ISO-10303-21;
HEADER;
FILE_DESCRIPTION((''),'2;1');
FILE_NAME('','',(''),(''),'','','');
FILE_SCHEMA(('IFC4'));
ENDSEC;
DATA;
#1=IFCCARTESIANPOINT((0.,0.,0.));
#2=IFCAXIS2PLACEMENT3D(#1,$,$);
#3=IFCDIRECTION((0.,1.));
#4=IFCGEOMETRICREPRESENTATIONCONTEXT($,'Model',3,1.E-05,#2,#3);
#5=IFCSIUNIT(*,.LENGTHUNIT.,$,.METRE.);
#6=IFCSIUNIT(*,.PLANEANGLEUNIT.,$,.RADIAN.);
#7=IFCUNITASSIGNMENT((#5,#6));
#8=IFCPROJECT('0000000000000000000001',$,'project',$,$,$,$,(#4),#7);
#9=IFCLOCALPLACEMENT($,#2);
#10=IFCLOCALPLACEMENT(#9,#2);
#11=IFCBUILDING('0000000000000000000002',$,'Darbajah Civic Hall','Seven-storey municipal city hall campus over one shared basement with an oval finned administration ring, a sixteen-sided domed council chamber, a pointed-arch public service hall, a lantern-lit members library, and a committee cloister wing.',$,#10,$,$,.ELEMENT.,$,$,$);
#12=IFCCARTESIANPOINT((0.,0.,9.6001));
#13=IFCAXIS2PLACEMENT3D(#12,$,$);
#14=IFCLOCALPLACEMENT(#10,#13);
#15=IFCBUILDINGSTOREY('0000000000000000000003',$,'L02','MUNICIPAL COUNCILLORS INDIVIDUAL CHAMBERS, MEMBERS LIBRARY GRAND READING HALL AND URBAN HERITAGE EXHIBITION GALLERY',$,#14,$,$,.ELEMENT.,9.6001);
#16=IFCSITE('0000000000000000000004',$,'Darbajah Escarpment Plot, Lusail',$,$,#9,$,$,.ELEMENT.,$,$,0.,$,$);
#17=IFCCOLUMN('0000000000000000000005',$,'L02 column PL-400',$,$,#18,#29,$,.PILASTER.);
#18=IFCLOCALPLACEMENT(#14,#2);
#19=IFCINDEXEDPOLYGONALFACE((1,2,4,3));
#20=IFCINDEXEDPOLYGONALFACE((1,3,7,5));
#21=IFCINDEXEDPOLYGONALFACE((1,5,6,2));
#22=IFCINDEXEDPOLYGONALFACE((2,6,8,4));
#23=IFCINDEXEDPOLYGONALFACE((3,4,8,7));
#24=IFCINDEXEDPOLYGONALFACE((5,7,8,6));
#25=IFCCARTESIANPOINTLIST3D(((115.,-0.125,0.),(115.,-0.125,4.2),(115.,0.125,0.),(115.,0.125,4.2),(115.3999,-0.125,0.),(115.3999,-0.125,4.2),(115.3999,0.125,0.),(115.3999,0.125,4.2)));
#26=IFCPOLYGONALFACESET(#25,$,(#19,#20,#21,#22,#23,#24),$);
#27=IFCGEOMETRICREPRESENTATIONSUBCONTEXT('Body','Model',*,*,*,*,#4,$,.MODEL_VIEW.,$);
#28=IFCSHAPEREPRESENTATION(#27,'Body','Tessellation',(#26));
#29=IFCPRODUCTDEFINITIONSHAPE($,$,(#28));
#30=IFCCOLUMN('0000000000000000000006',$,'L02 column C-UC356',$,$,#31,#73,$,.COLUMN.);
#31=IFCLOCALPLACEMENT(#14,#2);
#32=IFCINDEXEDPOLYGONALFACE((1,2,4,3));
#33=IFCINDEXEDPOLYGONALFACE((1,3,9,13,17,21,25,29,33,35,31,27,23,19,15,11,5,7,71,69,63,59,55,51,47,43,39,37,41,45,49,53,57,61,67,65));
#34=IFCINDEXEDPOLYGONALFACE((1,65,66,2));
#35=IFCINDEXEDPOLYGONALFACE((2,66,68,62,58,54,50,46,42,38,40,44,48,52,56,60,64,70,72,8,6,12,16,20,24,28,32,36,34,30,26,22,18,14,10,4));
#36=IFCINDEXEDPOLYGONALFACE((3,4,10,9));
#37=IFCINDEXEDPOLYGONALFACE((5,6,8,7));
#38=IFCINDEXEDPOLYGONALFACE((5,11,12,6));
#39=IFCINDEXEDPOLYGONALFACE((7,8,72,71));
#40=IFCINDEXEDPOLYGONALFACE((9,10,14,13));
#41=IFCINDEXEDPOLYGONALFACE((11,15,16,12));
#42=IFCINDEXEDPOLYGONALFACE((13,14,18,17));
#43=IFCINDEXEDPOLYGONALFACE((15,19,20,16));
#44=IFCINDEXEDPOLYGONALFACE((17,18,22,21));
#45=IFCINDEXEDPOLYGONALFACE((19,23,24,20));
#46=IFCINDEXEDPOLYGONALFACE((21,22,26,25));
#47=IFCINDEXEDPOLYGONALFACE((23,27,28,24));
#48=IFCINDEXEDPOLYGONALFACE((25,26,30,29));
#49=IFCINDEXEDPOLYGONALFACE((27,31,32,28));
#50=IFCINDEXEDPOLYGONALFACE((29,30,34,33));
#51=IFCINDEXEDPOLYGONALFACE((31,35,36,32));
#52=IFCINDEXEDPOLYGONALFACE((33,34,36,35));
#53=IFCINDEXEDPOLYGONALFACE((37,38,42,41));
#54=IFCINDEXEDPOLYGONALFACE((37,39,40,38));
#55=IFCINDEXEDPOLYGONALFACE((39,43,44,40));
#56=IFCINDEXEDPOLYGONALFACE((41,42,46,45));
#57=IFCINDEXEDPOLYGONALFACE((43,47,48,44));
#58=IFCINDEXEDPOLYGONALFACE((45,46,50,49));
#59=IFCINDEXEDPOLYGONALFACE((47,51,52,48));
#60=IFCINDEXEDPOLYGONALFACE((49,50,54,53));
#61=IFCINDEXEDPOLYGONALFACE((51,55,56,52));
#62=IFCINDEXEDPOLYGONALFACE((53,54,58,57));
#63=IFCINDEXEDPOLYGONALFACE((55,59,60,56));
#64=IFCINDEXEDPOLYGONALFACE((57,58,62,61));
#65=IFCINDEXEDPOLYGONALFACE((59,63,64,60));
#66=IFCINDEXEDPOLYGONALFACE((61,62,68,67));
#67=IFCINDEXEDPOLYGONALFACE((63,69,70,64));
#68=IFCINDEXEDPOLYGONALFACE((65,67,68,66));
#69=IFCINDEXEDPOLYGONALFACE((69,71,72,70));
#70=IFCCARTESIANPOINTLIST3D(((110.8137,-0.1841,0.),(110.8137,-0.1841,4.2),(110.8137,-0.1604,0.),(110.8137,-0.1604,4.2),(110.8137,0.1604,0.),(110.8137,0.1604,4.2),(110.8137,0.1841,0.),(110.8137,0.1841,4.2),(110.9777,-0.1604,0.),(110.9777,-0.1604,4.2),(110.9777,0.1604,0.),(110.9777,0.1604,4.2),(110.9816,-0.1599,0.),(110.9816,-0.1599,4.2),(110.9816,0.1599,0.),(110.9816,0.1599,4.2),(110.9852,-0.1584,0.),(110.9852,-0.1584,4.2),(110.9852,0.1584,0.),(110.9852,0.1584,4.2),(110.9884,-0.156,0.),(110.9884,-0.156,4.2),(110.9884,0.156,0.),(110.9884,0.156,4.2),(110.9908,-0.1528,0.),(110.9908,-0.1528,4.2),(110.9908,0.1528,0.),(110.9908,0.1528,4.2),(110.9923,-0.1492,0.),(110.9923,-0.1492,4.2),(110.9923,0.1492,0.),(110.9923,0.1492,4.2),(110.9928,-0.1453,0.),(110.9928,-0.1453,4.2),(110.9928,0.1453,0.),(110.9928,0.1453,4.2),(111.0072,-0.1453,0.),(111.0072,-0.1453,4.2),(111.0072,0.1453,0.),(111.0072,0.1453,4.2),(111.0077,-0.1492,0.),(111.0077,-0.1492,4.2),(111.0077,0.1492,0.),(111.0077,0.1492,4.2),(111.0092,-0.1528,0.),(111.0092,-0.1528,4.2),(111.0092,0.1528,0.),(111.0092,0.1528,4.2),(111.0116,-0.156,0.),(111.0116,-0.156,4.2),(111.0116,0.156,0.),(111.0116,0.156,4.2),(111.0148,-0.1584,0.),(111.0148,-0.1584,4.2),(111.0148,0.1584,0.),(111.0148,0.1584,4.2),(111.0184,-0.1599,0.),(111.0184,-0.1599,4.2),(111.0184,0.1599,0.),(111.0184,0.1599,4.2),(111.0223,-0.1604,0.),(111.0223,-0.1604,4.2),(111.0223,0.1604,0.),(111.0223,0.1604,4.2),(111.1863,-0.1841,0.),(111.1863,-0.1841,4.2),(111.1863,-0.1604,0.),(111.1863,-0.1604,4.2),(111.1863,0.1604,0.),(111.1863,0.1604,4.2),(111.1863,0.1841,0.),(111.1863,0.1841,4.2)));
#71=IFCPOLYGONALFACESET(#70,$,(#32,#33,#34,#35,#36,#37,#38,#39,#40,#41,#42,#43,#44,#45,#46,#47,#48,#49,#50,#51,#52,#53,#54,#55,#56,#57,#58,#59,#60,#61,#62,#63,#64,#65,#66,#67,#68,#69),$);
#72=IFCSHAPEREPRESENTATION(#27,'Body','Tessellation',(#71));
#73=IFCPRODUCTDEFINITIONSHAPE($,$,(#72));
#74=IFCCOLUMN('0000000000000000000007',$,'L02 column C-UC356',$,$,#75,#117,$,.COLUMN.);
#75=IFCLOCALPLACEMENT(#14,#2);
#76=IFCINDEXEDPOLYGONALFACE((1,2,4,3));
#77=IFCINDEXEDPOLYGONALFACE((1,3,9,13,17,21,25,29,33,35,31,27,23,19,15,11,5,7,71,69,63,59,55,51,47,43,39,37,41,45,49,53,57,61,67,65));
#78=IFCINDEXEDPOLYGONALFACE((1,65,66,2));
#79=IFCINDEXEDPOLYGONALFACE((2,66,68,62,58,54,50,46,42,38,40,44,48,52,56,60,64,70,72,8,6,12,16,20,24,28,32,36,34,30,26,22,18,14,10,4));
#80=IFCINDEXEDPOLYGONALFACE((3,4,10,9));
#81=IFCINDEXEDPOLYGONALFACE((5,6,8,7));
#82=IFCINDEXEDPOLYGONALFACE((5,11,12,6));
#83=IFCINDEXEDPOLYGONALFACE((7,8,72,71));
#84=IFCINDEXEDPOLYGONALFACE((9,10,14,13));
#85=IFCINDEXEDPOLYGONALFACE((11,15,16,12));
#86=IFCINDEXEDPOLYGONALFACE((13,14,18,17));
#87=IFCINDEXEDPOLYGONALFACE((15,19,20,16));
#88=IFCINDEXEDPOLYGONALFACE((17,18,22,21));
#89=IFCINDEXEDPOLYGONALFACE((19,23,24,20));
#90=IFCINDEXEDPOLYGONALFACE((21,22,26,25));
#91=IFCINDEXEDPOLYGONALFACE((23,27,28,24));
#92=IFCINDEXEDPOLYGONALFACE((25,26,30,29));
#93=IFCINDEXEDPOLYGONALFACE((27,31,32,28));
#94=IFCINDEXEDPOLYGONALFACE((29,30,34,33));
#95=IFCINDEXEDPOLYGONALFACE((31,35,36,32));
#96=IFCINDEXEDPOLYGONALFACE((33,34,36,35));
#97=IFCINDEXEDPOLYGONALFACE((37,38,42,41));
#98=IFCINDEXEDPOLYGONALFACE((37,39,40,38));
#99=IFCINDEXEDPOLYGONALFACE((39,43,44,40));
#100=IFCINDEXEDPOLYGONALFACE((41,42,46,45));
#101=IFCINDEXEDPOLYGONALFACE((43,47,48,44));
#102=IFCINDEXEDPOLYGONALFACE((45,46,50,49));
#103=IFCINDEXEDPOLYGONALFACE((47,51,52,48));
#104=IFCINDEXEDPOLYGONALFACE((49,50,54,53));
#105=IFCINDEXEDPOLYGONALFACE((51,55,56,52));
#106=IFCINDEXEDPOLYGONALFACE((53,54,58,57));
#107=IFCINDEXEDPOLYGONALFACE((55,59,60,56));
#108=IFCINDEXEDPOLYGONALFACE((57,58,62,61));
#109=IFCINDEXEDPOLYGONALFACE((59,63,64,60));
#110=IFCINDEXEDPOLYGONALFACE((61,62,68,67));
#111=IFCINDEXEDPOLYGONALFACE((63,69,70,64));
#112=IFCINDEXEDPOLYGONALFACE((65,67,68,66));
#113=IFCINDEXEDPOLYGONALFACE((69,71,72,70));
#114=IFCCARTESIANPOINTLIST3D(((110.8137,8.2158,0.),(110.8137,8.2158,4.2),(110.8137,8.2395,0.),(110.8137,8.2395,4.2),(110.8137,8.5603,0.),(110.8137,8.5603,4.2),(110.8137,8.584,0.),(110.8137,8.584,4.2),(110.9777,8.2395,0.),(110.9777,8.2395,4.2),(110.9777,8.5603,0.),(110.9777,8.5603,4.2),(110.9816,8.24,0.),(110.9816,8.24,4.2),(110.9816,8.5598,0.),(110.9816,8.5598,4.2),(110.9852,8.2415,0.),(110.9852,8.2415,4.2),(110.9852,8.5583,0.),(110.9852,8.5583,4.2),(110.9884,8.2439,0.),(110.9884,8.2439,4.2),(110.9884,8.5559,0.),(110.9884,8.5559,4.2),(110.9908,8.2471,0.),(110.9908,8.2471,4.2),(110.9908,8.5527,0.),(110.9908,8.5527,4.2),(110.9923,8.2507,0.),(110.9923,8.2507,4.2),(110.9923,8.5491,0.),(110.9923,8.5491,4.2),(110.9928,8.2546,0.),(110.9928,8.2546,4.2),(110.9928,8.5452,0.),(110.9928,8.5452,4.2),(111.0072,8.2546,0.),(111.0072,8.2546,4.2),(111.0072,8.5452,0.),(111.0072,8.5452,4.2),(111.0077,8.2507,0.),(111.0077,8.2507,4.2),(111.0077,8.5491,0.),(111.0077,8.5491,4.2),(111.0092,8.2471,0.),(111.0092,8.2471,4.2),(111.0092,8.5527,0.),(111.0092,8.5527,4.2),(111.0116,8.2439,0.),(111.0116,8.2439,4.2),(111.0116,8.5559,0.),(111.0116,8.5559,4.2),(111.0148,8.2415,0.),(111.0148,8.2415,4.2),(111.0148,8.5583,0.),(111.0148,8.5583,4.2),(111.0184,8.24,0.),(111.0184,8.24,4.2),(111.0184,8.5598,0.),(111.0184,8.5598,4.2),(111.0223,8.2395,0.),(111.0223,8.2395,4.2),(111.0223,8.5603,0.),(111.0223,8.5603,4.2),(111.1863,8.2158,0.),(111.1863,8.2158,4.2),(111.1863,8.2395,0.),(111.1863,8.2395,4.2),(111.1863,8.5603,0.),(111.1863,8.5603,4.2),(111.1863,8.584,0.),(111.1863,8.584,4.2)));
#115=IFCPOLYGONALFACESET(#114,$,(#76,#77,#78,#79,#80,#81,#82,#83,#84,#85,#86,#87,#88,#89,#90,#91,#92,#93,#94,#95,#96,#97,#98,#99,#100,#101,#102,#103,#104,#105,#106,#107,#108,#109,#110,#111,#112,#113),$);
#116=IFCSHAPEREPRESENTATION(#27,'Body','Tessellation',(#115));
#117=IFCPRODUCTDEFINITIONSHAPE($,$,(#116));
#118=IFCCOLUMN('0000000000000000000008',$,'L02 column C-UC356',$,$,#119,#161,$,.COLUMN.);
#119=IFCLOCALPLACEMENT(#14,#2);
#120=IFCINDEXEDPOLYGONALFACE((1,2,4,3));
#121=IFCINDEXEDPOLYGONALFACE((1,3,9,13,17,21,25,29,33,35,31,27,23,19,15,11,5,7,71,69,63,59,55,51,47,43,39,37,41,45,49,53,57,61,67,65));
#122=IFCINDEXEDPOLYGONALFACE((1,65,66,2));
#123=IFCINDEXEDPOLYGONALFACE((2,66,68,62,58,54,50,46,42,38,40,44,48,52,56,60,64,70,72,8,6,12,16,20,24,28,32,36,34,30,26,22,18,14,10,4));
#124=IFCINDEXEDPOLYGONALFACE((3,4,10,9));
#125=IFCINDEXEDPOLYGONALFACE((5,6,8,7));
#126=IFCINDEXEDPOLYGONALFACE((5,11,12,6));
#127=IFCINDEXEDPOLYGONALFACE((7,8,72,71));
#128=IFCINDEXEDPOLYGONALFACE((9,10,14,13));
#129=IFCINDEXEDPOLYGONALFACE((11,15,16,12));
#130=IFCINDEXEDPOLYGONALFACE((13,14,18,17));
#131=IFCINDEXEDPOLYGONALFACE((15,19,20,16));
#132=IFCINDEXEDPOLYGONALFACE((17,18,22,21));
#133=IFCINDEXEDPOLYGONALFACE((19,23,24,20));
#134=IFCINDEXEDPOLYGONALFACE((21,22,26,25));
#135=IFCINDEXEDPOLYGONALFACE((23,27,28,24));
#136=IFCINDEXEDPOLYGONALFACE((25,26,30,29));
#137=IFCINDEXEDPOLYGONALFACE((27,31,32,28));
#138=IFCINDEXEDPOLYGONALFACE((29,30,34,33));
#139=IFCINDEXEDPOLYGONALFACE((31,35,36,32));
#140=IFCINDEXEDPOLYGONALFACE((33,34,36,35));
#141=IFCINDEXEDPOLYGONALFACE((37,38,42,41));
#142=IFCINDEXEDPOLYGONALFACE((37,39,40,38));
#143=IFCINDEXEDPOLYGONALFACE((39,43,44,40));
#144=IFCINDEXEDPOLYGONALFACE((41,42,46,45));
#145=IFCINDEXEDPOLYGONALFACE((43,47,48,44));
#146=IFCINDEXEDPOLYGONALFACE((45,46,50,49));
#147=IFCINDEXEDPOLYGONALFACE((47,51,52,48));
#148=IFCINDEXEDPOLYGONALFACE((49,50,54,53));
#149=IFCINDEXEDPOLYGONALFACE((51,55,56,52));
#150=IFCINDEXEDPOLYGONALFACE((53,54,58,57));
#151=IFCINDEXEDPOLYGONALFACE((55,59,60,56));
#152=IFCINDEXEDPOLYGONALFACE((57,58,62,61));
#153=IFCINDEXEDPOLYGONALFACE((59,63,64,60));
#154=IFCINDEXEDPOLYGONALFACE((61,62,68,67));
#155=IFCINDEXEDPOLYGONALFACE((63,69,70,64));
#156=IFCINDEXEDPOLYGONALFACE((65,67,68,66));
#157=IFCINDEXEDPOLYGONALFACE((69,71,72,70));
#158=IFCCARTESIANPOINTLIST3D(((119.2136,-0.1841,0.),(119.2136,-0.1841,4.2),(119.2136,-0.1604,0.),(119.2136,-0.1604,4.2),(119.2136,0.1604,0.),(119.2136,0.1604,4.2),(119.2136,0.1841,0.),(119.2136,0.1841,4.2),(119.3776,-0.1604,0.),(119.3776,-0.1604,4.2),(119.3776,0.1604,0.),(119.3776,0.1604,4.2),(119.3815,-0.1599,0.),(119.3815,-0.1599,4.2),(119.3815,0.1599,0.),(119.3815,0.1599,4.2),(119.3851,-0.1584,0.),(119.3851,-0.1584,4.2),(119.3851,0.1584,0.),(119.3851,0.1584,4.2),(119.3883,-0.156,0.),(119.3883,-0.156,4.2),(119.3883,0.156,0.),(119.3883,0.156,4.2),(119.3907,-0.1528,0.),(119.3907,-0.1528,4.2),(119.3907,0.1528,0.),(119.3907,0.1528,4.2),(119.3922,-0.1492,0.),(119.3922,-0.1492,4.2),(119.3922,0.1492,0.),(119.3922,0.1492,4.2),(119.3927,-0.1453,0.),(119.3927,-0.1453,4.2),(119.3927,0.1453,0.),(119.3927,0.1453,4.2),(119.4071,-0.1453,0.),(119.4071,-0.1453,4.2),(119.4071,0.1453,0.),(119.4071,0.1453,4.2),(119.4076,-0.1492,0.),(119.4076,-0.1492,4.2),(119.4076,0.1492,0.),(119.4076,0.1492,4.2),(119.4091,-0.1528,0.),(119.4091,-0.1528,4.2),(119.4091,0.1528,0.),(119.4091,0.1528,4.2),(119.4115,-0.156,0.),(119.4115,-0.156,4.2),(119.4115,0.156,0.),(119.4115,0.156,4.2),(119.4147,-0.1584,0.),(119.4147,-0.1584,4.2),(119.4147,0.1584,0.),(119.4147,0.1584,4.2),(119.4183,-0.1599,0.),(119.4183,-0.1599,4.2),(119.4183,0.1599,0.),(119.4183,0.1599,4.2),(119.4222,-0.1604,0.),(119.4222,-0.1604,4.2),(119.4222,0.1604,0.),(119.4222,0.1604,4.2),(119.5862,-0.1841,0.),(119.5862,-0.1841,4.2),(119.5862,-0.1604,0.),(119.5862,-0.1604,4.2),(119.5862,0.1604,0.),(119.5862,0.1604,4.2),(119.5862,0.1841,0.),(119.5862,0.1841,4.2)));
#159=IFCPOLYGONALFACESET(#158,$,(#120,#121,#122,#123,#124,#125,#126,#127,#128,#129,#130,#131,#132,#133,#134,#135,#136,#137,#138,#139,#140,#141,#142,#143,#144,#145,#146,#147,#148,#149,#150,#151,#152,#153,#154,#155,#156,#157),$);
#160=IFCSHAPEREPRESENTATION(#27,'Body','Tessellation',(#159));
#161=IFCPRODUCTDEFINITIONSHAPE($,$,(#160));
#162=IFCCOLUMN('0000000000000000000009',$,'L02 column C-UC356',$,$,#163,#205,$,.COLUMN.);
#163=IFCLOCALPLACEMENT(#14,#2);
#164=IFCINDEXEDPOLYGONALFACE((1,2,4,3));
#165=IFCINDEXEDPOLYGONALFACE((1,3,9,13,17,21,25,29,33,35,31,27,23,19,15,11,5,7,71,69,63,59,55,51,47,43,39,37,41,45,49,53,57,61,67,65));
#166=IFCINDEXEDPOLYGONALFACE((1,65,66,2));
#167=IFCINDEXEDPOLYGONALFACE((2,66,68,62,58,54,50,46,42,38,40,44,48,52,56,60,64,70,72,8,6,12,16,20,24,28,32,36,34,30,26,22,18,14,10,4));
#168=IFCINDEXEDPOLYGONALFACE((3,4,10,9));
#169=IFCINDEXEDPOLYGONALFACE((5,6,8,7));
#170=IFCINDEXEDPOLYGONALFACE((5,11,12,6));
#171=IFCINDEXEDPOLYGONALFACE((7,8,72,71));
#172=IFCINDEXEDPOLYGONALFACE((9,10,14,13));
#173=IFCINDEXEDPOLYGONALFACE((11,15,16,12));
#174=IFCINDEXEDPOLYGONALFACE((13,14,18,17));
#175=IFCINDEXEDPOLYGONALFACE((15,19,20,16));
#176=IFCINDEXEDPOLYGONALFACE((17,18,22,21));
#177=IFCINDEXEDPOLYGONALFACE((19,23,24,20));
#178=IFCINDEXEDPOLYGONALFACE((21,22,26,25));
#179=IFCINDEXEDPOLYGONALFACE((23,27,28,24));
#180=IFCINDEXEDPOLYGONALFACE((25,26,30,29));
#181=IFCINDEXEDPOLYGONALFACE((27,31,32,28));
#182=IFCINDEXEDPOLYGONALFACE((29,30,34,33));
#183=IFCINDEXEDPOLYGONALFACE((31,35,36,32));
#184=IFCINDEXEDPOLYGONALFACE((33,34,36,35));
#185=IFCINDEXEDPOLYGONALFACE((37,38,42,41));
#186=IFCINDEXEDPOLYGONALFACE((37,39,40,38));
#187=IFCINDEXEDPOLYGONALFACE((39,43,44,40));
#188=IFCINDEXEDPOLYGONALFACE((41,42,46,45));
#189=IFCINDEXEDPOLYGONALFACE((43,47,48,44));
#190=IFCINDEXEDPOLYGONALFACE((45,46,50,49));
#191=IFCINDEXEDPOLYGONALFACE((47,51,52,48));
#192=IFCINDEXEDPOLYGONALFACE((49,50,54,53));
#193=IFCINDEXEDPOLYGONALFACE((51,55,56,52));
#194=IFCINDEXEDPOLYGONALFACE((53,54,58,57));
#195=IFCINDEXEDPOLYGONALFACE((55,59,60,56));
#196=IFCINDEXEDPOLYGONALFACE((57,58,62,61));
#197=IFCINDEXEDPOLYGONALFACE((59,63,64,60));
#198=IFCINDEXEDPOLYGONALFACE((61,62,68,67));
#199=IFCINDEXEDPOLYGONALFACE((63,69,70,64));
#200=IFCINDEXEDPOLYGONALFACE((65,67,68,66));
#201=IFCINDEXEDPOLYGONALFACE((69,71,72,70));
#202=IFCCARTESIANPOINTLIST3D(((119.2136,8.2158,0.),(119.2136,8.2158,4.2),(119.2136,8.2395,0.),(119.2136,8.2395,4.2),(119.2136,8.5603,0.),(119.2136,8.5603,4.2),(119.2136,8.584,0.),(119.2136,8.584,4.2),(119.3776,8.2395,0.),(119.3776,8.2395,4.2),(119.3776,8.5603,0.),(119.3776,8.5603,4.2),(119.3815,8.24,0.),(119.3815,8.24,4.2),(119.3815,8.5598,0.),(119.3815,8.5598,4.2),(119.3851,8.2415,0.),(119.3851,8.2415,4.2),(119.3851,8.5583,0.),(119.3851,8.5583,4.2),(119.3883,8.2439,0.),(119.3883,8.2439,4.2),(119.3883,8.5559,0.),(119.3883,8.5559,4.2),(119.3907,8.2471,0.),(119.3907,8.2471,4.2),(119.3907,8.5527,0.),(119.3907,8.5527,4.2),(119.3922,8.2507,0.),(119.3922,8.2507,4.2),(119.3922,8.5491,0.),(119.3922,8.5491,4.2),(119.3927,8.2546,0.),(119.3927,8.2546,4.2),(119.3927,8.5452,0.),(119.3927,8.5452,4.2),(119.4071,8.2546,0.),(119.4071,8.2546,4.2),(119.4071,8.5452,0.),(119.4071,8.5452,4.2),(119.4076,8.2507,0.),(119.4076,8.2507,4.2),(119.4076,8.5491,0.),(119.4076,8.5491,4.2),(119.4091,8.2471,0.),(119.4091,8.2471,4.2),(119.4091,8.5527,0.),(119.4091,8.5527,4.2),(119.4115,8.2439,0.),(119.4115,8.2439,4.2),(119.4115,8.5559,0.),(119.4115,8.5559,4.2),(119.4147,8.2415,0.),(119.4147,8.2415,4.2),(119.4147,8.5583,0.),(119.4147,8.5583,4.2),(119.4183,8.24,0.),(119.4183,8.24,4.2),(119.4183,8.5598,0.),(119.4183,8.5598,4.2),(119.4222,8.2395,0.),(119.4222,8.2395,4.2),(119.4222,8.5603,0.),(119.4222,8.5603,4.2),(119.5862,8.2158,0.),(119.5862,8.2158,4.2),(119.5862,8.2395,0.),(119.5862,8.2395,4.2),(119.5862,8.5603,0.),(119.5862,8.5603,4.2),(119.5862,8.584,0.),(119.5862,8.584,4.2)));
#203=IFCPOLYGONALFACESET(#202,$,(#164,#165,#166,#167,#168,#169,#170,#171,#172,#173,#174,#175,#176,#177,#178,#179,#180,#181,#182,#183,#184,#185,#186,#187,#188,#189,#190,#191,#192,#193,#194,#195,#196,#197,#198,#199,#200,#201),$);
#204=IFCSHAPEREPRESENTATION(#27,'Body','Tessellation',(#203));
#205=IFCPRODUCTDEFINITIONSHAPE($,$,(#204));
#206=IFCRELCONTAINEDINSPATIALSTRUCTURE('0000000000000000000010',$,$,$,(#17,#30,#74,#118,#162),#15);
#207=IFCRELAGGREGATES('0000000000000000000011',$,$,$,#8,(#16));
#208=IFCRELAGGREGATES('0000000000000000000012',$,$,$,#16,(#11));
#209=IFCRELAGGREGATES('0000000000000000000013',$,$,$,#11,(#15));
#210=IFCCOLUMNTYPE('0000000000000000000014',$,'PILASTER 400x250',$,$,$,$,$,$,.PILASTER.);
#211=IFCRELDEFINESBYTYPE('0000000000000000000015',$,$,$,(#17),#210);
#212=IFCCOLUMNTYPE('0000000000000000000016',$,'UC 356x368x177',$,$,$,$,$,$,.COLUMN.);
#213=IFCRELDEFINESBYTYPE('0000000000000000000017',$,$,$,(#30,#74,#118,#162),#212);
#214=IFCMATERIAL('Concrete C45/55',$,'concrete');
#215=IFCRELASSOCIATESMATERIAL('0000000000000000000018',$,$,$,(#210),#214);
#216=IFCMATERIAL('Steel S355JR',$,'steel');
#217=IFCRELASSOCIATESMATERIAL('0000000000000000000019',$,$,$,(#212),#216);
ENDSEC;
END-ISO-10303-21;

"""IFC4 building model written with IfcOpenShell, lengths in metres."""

from ifc_helpers import new_model, si_unit, direction, frame, origin, origin_2d, place, context, subcontext, project, spatial, rectangle, i_section, extrude, material, material_profile, profile_set, type_object, element, save


model = new_model("IFC4")

# Units and contexts
model_context = context("Model", 3, precision=1e-05, world=origin(), true_north=direction((0.0, 1.0)))
body_context = subcontext(model_context, "Body", "Model", "MODEL_VIEW")
ifc_project = project(units=[si_unit("LENGTHUNIT", "METRE"), si_unit("PLANEANGLEUNIT", "RADIAN")], contexts=[model_context])

# Site, building, storey
site_placement = place(None, origin())
site = spatial("IfcSite", under=ifc_project, at=site_placement, Name="Darbajah Escarpment Plot, Lusail", CompositionType="ELEMENT", RefElevation=0.0)
building_placement = place(site_placement, origin())
building = spatial("IfcBuilding", under=site, at=building_placement, Name="Darbajah Civic Hall", Description="Seven-storey municipal city hall campus over one shared basement with an oval finned administration ring, a sixteen-sided domed council chamber, a pointed-arch public service hall, a lantern-lit members library, and a committee cloister wing.", CompositionType="ELEMENT")
storey_placement = place(building_placement, frame((0.0, 0.0, 9.6001)))
storey = spatial("IfcBuildingStorey", under=building, at=storey_placement, Name="L02", Description="MUNICIPAL COUNCILLORS INDIVIDUAL CHAMBERS, MEMBERS LIBRARY GRAND READING HALL AND URBAN HERITAGE EXHIBITION GALLERY", CompositionType="ELEMENT", Elevation=9.6001)

# Columns
ifc_material_1 = material(Name="Concrete C45/55", Category="concrete")
ifc_material_profile_1 = material_profile(ifc_material_1, rectangle(XDim=0.3999, YDim=0.25, at=origin_2d()), Name="PILASTER 400x250")
ifc_profile_set_1 = profile_set([ifc_material_profile_1], Name="Concrete C45/55")
column_type_1 = type_object("IfcColumnType", Name="PILASTER 400x250", PredefinedType="PILASTER", material=ifc_profile_set_1)
column_placement = place(storey_placement, frame((115.2, 0.0, 0.0), z_axis=(0.0, 0.0, 1.0), x_axis=(1.0, 0.0, 0.0)))
element("IfcColumn", 1, at=column_placement, inside=storey, type_object=column_type_1, Name="L02 column PL-400", PredefinedType="PILASTER", context=body_context, shape_type="SweptSolid", body=[
    extrude(rectangle(XDim=0.3999, YDim=0.25, at=origin_2d()), origin(), (0.0, 0.0, 1.0), 4.2),
])
ifc_material_2 = material(Name="Steel S355JR", Category="steel")
ifc_material_profile_2 = material_profile(ifc_material_2, i_section(OverallWidth=0.3726, OverallDepth=0.3682, WebThickness=0.0144, FlangeThickness=0.0237, FilletRadius=0.0151, at=origin_2d()), Name="UC 356x368x177")
ifc_profile_set_2 = profile_set([ifc_material_profile_2], Name="Steel S355JR")
column_type_2 = type_object("IfcColumnType", Name="UC 356x368x177", PredefinedType="COLUMN", material=ifc_profile_set_2)
for number, where, z_axis, x_axis, name in (
    (2, (111.0, 0.0, 0.0), (0.0, 0.0, 1.0), (1.0, 0.0, 0.0), "L02 column C-UC356"),
    (3, (111.0, 8.3999, 0.0), (0.0, 0.0, 1.0), (1.0, 0.0, 0.0), "L02 column C-UC356"),
    (4, (119.3999, 0.0, 0.0), (0.0, 0.0, 1.0), (1.0, 0.0, 0.0), "L02 column C-UC356"),
    (5, (119.3999, 8.3999, 0.0), (0.0, 0.0, 1.0), (1.0, 0.0, 0.0), "L02 column C-UC356"),
):
    element("IfcColumn", number, at=place(storey_placement, frame(where, z_axis=z_axis, x_axis=x_axis)), inside=storey, type_object=column_type_2, Name=name, PredefinedType="COLUMN", context=body_context, shape_type="SweptSolid", body=[
        extrude(i_section(OverallWidth=0.3726, OverallDepth=0.3682, WebThickness=0.0144, FlangeThickness=0.0237, FilletRadius=0.0151, at=origin_2d()), origin(), (0.0, 0.0, 1.0), 4.2),
    ])

save(model, "model.ifc")
